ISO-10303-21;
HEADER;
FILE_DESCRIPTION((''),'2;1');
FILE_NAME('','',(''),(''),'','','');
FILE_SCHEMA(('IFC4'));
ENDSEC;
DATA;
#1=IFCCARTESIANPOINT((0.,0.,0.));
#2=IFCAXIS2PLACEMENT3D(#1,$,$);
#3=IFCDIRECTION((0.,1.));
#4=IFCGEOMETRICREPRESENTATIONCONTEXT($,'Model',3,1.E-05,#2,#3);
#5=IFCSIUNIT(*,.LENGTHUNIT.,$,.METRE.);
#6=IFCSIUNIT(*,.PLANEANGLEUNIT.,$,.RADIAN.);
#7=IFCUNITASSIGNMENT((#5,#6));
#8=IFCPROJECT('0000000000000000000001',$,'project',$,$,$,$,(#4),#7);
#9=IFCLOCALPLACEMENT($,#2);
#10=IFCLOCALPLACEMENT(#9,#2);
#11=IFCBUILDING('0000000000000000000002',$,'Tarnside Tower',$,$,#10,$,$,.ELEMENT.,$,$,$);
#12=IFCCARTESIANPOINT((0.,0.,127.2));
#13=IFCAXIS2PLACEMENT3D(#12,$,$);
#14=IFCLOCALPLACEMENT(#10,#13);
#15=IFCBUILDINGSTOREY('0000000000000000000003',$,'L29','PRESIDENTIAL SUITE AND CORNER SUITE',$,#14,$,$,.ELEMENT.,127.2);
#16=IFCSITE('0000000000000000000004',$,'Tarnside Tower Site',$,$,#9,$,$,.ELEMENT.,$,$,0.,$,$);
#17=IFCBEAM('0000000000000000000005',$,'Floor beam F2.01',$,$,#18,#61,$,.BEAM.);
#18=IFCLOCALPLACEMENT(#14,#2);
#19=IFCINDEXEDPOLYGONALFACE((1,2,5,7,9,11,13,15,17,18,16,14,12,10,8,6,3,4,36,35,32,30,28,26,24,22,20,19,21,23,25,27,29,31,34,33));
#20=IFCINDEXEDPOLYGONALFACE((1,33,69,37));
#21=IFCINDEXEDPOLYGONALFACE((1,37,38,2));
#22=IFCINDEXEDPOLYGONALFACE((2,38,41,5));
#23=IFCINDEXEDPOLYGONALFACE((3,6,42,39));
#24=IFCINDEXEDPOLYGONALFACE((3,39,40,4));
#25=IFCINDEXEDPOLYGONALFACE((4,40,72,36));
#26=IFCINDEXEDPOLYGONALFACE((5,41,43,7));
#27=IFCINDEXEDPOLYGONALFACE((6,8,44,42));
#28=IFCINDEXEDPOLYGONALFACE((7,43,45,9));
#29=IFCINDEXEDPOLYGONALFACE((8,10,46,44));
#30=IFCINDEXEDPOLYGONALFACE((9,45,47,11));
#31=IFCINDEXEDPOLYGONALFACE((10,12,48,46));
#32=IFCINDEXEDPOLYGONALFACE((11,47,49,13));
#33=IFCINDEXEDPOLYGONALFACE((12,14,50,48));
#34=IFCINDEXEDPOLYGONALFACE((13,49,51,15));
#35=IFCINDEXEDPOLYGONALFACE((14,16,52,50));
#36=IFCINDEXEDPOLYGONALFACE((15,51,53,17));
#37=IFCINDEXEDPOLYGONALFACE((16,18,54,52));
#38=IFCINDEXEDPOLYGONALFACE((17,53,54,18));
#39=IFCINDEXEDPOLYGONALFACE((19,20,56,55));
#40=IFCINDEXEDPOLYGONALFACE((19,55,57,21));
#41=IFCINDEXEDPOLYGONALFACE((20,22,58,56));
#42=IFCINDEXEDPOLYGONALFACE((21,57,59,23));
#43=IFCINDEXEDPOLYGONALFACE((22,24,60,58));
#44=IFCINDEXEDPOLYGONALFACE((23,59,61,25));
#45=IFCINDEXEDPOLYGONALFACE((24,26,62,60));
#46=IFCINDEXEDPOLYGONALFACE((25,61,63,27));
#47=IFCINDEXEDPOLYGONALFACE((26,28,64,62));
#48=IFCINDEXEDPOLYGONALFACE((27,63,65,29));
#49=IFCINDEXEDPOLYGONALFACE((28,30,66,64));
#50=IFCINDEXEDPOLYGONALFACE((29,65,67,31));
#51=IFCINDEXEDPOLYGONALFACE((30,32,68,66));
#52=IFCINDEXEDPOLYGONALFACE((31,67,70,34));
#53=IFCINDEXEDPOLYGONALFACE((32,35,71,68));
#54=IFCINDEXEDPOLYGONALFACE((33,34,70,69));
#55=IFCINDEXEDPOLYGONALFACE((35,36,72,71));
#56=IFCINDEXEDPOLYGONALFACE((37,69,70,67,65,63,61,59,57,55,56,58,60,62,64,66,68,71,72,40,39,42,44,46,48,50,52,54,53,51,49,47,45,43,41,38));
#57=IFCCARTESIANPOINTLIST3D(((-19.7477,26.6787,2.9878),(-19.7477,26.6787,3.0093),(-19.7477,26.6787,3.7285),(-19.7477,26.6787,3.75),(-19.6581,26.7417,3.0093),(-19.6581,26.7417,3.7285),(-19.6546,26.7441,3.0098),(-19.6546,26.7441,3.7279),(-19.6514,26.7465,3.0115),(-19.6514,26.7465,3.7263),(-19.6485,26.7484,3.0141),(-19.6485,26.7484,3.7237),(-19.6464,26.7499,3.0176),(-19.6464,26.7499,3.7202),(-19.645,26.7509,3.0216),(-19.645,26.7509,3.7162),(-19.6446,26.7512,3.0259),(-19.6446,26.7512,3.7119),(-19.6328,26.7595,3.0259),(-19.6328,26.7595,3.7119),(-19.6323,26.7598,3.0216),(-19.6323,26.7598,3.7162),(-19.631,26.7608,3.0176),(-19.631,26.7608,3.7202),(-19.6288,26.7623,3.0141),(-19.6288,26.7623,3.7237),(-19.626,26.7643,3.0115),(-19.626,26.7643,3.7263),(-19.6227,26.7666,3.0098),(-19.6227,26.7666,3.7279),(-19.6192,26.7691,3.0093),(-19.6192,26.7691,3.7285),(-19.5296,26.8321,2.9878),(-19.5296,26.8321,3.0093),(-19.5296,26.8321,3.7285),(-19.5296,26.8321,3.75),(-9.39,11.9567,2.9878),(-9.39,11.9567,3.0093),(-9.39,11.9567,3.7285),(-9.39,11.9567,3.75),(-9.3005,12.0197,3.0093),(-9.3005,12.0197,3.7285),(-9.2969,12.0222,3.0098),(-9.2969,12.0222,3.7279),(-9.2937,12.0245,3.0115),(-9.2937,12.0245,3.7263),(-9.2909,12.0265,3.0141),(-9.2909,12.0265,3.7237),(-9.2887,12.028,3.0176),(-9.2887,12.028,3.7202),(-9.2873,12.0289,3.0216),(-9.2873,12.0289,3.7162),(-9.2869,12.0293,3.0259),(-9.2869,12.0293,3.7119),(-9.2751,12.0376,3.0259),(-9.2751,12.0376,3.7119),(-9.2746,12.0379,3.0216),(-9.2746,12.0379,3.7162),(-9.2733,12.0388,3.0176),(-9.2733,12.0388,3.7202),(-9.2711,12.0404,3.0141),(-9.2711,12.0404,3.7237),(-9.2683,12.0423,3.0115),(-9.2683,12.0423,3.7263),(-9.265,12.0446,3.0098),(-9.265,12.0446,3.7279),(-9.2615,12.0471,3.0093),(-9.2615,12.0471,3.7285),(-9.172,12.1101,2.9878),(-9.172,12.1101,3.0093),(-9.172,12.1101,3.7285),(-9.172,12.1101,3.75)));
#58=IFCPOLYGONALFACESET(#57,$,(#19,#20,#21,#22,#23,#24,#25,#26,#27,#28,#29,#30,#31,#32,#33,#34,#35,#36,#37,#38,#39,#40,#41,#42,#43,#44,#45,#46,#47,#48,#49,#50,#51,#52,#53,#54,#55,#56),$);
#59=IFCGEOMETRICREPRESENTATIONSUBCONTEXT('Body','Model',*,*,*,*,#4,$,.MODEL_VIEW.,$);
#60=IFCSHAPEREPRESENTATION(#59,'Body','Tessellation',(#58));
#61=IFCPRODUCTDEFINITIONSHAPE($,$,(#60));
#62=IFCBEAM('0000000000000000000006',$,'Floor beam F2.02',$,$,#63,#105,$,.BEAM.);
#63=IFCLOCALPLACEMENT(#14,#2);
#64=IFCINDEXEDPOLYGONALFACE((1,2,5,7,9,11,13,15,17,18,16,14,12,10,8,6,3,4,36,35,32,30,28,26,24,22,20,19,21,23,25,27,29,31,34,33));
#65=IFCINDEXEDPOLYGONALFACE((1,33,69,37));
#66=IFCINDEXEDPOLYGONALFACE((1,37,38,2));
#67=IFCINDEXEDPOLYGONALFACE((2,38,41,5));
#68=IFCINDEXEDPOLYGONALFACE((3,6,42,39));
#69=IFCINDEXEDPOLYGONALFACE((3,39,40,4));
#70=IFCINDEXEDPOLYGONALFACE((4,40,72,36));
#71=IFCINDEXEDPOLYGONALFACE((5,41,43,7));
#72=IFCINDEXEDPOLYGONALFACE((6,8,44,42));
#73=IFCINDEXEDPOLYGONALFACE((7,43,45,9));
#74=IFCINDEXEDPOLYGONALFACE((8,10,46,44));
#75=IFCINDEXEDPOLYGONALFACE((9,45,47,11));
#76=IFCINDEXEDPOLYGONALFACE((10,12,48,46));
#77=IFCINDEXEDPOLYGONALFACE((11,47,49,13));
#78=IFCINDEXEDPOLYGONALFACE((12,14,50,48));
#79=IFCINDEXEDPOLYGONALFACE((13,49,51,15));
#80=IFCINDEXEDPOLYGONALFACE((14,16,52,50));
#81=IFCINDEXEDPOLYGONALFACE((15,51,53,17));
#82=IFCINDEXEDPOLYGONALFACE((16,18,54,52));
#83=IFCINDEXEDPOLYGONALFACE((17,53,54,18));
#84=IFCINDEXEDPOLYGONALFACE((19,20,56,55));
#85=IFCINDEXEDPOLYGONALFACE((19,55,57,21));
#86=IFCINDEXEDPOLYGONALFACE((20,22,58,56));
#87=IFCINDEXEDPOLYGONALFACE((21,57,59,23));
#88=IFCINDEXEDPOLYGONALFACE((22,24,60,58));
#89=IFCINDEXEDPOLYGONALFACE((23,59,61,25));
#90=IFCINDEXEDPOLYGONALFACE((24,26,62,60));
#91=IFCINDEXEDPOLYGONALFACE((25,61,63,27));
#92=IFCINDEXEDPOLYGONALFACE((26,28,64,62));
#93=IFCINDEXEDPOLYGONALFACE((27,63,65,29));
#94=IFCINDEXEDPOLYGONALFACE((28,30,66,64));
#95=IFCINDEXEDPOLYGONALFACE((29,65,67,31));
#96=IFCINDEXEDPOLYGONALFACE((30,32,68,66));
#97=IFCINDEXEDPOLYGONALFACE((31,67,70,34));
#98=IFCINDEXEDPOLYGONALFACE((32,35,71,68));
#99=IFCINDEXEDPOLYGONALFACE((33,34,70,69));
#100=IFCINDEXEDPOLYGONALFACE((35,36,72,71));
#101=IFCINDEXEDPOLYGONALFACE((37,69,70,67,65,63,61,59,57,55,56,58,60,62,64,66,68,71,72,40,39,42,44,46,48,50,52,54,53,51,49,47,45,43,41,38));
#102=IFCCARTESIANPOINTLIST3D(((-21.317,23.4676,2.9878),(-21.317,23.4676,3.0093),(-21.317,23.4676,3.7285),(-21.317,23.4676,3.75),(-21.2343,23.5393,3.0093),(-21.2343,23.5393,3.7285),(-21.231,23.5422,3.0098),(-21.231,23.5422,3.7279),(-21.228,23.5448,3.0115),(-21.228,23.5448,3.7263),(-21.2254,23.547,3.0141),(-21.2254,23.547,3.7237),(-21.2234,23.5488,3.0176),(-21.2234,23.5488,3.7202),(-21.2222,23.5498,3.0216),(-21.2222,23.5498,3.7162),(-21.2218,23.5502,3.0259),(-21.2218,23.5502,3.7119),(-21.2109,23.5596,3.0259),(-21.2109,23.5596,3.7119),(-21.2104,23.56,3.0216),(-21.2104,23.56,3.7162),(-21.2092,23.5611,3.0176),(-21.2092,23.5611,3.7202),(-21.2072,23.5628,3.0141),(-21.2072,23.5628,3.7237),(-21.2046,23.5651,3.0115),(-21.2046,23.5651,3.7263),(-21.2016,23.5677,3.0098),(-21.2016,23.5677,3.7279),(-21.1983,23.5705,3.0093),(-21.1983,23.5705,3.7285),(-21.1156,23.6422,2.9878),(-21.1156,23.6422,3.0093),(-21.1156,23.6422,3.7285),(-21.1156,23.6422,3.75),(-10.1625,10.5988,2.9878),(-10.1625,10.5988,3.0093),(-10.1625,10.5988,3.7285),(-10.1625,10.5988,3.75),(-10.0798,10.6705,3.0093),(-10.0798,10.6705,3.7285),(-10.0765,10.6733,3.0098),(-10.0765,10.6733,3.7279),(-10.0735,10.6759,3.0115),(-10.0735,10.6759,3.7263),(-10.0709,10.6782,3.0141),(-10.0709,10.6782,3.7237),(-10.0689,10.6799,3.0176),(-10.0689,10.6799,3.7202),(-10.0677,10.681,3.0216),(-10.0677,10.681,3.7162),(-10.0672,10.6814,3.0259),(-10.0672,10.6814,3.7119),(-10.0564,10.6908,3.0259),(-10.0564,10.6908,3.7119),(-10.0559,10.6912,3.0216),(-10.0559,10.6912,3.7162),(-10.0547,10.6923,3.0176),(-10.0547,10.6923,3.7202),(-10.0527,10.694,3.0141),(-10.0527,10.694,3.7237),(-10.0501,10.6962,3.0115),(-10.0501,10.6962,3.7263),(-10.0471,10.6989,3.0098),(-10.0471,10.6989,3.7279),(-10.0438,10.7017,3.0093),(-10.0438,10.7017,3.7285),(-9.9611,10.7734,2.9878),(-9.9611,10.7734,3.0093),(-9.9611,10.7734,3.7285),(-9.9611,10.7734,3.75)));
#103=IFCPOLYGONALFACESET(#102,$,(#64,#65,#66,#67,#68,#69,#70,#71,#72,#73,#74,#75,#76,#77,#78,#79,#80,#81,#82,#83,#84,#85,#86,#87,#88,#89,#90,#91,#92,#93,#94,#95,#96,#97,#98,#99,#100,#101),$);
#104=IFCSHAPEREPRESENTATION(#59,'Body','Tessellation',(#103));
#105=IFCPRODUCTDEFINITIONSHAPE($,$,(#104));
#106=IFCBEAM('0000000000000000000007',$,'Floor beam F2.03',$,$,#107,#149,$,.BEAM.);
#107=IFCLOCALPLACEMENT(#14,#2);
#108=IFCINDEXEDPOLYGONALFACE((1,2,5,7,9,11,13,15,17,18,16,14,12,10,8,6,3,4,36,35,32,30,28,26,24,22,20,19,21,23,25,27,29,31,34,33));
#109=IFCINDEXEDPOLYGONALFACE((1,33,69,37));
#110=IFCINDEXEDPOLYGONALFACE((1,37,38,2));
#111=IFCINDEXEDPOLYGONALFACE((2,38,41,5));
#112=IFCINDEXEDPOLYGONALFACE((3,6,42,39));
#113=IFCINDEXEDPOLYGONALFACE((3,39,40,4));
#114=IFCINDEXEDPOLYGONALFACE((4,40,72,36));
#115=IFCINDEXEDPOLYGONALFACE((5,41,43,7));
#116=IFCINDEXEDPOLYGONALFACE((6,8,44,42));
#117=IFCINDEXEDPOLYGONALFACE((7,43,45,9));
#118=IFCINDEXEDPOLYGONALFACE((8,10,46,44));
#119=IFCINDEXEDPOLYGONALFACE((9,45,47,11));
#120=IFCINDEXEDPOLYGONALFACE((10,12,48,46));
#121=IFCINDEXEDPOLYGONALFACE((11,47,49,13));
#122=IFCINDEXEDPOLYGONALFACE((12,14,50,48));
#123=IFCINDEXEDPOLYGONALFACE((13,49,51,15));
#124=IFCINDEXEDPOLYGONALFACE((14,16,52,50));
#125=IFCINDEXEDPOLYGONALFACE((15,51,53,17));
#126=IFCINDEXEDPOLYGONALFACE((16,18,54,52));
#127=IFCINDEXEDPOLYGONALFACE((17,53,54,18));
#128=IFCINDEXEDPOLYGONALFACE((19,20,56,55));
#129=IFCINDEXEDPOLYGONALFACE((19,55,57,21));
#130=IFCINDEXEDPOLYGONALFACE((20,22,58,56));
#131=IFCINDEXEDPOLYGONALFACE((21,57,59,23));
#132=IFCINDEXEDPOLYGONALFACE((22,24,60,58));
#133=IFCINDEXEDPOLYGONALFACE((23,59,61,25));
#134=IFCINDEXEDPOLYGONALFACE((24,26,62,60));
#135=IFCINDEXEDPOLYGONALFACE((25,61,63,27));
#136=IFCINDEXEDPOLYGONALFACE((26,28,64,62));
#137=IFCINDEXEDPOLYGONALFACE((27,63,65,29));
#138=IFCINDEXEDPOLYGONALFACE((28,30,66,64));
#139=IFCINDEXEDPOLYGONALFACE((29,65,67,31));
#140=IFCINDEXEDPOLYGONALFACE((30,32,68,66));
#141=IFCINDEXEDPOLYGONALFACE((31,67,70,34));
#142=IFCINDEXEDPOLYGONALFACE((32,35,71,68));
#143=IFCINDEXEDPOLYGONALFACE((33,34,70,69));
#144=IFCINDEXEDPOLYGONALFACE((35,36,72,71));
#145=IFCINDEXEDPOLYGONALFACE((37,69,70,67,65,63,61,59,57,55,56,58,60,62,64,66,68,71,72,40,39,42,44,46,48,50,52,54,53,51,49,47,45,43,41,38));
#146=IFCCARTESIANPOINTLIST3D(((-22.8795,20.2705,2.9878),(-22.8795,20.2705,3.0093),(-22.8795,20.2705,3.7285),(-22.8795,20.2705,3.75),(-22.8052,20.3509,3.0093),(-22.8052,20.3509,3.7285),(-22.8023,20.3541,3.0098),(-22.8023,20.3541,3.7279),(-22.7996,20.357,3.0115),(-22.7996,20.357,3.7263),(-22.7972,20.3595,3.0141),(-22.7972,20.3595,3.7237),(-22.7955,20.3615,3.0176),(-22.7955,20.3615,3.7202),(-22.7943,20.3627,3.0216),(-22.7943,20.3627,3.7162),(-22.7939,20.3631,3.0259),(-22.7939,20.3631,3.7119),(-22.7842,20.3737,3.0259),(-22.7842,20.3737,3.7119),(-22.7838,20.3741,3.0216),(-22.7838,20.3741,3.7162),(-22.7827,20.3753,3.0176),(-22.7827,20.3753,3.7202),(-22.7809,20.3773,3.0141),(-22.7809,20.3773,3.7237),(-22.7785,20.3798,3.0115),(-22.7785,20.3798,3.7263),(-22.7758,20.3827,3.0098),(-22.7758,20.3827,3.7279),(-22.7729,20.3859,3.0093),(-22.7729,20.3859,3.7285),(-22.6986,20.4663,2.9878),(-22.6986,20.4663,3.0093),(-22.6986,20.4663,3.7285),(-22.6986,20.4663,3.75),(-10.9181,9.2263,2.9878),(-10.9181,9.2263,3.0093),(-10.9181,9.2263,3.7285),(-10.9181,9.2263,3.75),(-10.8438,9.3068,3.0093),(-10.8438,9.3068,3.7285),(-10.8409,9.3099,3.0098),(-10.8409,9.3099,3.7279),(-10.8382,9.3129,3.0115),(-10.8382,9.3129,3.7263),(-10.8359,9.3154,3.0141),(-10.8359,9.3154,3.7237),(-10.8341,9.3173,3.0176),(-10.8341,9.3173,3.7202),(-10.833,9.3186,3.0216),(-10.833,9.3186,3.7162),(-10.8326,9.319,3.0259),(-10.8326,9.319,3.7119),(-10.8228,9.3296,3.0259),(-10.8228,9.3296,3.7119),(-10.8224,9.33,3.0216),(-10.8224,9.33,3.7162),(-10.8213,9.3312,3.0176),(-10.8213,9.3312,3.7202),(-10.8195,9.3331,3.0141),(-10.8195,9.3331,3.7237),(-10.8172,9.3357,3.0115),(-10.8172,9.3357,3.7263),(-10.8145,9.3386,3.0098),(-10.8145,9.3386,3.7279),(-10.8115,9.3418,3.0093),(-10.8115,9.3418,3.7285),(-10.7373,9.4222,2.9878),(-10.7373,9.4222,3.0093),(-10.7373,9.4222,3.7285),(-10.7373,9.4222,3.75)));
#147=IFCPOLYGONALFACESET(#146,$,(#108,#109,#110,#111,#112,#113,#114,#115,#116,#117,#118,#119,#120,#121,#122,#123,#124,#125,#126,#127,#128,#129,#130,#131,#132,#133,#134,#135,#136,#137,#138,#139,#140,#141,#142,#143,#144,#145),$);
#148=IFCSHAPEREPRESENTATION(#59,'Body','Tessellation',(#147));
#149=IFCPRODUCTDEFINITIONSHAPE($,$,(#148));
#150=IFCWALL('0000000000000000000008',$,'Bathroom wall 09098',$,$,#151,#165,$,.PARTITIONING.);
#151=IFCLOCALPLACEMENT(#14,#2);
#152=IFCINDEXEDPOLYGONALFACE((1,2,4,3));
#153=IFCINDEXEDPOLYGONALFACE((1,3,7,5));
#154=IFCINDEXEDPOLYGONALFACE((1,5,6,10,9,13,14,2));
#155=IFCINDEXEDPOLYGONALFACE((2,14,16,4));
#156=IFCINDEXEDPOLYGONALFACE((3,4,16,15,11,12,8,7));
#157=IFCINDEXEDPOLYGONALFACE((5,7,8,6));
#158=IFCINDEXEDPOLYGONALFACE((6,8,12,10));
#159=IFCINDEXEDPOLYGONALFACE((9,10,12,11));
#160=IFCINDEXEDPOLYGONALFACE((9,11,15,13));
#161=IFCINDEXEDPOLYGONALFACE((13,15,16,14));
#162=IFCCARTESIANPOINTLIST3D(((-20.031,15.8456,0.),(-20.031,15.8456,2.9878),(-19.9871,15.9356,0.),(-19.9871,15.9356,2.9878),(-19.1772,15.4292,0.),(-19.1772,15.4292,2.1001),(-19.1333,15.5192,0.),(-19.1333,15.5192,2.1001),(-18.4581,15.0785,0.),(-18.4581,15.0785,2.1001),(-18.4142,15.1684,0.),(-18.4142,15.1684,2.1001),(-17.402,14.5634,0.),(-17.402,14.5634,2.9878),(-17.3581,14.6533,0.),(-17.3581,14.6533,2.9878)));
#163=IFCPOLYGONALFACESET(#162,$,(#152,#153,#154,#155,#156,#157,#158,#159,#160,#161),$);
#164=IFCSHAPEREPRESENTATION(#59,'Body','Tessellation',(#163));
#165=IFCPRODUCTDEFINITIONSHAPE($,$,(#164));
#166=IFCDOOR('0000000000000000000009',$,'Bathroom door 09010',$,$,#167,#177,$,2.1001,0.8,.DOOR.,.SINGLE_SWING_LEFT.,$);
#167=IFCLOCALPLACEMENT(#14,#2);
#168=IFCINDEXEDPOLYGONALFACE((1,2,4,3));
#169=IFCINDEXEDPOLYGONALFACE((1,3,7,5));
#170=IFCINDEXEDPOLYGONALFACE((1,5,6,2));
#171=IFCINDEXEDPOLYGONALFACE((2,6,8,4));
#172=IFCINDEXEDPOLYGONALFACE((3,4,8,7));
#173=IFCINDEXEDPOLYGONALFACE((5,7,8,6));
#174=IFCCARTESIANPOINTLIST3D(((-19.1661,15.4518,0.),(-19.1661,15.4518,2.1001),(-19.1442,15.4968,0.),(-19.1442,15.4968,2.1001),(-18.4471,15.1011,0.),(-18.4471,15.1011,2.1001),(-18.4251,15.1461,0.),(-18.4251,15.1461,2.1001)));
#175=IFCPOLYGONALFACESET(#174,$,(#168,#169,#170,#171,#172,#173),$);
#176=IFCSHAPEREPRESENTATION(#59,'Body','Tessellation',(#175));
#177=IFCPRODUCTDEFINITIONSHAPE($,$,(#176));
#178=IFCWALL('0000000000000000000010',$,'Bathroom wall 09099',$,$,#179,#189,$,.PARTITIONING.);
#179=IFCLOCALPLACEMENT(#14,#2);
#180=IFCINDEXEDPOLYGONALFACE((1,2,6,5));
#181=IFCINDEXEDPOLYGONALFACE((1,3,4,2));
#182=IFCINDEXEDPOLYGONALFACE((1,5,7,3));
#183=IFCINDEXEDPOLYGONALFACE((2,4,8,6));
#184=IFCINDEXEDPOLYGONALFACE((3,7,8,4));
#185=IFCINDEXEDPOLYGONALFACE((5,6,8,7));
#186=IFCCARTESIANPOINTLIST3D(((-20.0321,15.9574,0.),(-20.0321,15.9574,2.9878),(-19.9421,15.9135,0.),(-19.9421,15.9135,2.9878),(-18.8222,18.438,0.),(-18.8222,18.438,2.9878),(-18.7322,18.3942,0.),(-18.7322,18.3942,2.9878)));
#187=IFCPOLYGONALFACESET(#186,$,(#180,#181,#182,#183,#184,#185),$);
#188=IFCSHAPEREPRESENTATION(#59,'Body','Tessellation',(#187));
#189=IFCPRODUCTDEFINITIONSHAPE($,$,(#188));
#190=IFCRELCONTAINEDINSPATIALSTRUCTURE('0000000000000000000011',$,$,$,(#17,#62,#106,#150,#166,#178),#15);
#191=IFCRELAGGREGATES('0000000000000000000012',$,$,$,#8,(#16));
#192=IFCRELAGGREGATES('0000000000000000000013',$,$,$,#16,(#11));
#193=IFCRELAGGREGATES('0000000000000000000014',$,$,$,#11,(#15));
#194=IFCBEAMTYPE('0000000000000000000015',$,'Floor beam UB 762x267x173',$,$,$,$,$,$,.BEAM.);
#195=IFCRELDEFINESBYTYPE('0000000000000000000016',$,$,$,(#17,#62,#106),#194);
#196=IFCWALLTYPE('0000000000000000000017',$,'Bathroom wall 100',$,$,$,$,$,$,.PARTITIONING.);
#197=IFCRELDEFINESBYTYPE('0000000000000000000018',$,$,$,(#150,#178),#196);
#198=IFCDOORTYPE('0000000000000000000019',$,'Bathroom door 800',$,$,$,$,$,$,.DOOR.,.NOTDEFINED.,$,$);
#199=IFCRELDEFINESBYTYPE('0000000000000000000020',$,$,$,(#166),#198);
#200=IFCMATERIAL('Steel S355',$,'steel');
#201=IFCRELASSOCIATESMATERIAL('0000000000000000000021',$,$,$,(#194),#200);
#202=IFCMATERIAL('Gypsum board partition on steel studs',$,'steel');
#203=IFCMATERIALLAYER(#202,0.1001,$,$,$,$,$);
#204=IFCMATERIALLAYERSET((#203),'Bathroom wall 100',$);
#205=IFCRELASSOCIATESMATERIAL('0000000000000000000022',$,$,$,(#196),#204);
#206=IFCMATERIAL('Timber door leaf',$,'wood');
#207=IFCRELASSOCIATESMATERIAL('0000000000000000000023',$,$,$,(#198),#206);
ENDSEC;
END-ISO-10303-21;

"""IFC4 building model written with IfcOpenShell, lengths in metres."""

from ifc_helpers import new_model, si_unit, direction, frame, frame_2d, origin, origin_2d, place, context, subcontext, project, spatial, rectangle, i_section, extrude, material, layer, layer_set, material_profile, profile_set, type_object, element, fill, save


model = new_model("IFC4")

# Units and contexts
model_context = context("Model", 3, precision=1e-05, world=origin(), true_north=direction((0.0, 1.0)))
body_context = subcontext(model_context, "Body", "Model", "MODEL_VIEW")
ifc_project = project(units=[si_unit("LENGTHUNIT", "METRE"), si_unit("PLANEANGLEUNIT", "RADIAN")], contexts=[model_context])

# Site, building, storey
site_placement = place(None, origin())
site = spatial("IfcSite", under=ifc_project, at=site_placement, Name="Tarnside Tower Site", CompositionType="ELEMENT", RefElevation=0.0)
building_placement = place(site_placement, origin())
building = spatial("IfcBuilding", under=site, at=building_placement, Name="Tarnside Tower", CompositionType="ELEMENT")
storey_placement = place(building_placement, frame((0.0, 0.0, 127.2)))
storey = spatial("IfcBuildingStorey", under=building, at=storey_placement, Name="L29", Description="PRESIDENTIAL SUITE AND CORNER SUITE", CompositionType="ELEMENT", Elevation=127.2)

# Beams
ifc_material_1 = material(Name="Steel S355", Category="steel")
ifc_material_profile_1 = material_profile(ifc_material_1, i_section(OverallWidth=0.2666, OverallDepth=0.7622, WebThickness=0.0144, FlangeThickness=0.0215, FilletRadius=0.0166, at=origin_2d()), Name="UB 762x267x173")
ifc_profile_set_1 = profile_set([ifc_material_profile_1], Name="Steel S355")
beam_type_1 = type_object("IfcBeamType", Name="Floor beam UB 762x267x173", PredefinedType="BEAM", material=ifc_profile_set_1)
beam_1_placement = place(storey_placement, frame((-19.6387, 26.7554, 3.3689), z_axis=(0.575411, -0.817864, 0.0), x_axis=(0.817864, 0.575411, 0.0)))
element("IfcBeam", 1, at=beam_1_placement, inside=storey, type_object=beam_type_1, Name="Floor beam F2.01", PredefinedType="BEAM", context=body_context, shape_type="SweptSolid", body=[
    extrude(i_section(OverallWidth=0.2666, OverallDepth=0.7622, WebThickness=0.0144, FlangeThickness=0.0215, FilletRadius=0.0166, at=origin_2d()), origin(), (0.0, 0.0, 1.0), 18.0005),
])
beam_2_placement = place(storey_placement, frame((-21.2163, 23.5549, 3.3689), z_axis=(0.654981, -0.755646, 0.0), x_axis=(0.755646, 0.654981, 0.0)))
element("IfcBeam", 2, at=beam_2_placement, inside=storey, type_object=beam_type_1, Name="Floor beam F2.02", PredefinedType="BEAM", context=body_context, shape_type="SweptSolid", body=[
    extrude(i_section(OverallWidth=0.2666, OverallDepth=0.7622, WebThickness=0.0144, FlangeThickness=0.0215, FilletRadius=0.0166, at=origin_2d()), origin(), (0.0, 0.0, 1.0), 17.0303),
])
beam_3_placement = place(storey_placement, frame((-22.7891, 20.3684, 3.3689), z_axis=(0.734715, -0.678375, 0.0), x_axis=(0.678375, 0.734715, 0.0)))
element("IfcBeam", 3, at=beam_3_placement, inside=storey, type_object=beam_type_1, Name="Floor beam F2.03", PredefinedType="BEAM", context=body_context, shape_type="SweptSolid", body=[
    extrude(i_section(OverallWidth=0.2666, OverallDepth=0.7622, WebThickness=0.0144, FlangeThickness=0.0215, FilletRadius=0.0166, at=origin_2d()), origin(), (0.0, 0.0, 1.0), 16.2803),
])

# Wall, opening, door
ifc_material_2 = material(Name="Gypsum board partition on steel studs", Category="steel")
ifc_layer_1 = layer(ifc_material_2, 0.1001)
ifc_layer_set_1 = layer_set([ifc_layer_1], Name="Bathroom wall 100")
wall_type_1 = type_object("IfcWallType", Name="Bathroom wall 100", PredefinedType="PARTITIONING", material=ifc_layer_set_1)
wall_1_placement = place(storey_placement, frame((-17.3801, 14.6084, 0.0), z_axis=(0.0, 0.0, 1.0), x_axis=(-0.898791, 0.438378, 0.0)))
wall_1 = element("IfcWall", 4, at=wall_1_placement, inside=storey, type_object=wall_type_1, Name="Bathroom wall 09098", PredefinedType="PARTITIONING", context=body_context, shape_type="SweptSolid", body=[
    extrude(rectangle(XDim=2.925, YDim=0.1001, at=frame_2d((1.4624, 0.0))), origin(), (0.0, 0.0, 1.0), 2.9878),
])
opening_1_placement = place(wall_1_placement, frame((1.175, 0.0, 0.0)))
opening_1 = element("IfcOpeningElement", 5, at=opening_1_placement, cuts=wall_1, PredefinedType="OPENING", context=body_context, shape_type="SweptSolid", body=[
    extrude(rectangle(XDim=0.8, YDim=2.1001, at=frame_2d((0.3999, 1.05))), frame((0.0, 0.0601, 0.0), z_axis=(0.0, -1.0, 0.0), x_axis=(1.0, 0.0, 0.0)), (0.0, 0.0, 1.0), 0.1201),
])
ifc_material_3 = material(Name="Timber door leaf", Category="wood")
door_type_1 = type_object("IfcDoorType", Name="Bathroom door 800", OperationType="NOTDEFINED", PredefinedType="DOOR", material=ifc_material_3)
door_1_placement = place(opening_1_placement, origin())
door_1 = element("IfcDoor", 6, at=door_1_placement, inside=storey, type_object=door_type_1, Name="Bathroom door 09010", OperationType="SINGLE_SWING_LEFT", OverallHeight=2.1001, OverallWidth=0.8, PredefinedType="DOOR", context=body_context, shape_type="SweptSolid", body=[
    extrude(rectangle(XDim=0.8, YDim=2.1001, at=frame_2d((0.3999, 1.05))), frame((0.0, 0.0249, 0.0), z_axis=(0.0, -1.0, 0.0), x_axis=(1.0, 0.0, 0.0)), (0.0, 0.0, 1.0), 0.05),
])
fill(opening_1, door_1)

# Wall
wall_2_placement = place(storey_placement, frame((-19.9871, 15.9355, 0.0), z_axis=(0.0, 0.0, 1.0), x_axis=(0.438382, 0.898789, 0.0)))
element("IfcWall", 7, at=wall_2_placement, inside=storey, type_object=wall_type_1, Name="Bathroom wall 09099", PredefinedType="PARTITIONING", context=body_context, shape_type="SweptSolid", body=[
    extrude(rectangle(XDim=2.76, YDim=0.1001, at=frame_2d((1.3799, 0.0))), origin(), (0.0, 0.0, 1.0), 2.9878),
])

save(model, "model.ifc")
